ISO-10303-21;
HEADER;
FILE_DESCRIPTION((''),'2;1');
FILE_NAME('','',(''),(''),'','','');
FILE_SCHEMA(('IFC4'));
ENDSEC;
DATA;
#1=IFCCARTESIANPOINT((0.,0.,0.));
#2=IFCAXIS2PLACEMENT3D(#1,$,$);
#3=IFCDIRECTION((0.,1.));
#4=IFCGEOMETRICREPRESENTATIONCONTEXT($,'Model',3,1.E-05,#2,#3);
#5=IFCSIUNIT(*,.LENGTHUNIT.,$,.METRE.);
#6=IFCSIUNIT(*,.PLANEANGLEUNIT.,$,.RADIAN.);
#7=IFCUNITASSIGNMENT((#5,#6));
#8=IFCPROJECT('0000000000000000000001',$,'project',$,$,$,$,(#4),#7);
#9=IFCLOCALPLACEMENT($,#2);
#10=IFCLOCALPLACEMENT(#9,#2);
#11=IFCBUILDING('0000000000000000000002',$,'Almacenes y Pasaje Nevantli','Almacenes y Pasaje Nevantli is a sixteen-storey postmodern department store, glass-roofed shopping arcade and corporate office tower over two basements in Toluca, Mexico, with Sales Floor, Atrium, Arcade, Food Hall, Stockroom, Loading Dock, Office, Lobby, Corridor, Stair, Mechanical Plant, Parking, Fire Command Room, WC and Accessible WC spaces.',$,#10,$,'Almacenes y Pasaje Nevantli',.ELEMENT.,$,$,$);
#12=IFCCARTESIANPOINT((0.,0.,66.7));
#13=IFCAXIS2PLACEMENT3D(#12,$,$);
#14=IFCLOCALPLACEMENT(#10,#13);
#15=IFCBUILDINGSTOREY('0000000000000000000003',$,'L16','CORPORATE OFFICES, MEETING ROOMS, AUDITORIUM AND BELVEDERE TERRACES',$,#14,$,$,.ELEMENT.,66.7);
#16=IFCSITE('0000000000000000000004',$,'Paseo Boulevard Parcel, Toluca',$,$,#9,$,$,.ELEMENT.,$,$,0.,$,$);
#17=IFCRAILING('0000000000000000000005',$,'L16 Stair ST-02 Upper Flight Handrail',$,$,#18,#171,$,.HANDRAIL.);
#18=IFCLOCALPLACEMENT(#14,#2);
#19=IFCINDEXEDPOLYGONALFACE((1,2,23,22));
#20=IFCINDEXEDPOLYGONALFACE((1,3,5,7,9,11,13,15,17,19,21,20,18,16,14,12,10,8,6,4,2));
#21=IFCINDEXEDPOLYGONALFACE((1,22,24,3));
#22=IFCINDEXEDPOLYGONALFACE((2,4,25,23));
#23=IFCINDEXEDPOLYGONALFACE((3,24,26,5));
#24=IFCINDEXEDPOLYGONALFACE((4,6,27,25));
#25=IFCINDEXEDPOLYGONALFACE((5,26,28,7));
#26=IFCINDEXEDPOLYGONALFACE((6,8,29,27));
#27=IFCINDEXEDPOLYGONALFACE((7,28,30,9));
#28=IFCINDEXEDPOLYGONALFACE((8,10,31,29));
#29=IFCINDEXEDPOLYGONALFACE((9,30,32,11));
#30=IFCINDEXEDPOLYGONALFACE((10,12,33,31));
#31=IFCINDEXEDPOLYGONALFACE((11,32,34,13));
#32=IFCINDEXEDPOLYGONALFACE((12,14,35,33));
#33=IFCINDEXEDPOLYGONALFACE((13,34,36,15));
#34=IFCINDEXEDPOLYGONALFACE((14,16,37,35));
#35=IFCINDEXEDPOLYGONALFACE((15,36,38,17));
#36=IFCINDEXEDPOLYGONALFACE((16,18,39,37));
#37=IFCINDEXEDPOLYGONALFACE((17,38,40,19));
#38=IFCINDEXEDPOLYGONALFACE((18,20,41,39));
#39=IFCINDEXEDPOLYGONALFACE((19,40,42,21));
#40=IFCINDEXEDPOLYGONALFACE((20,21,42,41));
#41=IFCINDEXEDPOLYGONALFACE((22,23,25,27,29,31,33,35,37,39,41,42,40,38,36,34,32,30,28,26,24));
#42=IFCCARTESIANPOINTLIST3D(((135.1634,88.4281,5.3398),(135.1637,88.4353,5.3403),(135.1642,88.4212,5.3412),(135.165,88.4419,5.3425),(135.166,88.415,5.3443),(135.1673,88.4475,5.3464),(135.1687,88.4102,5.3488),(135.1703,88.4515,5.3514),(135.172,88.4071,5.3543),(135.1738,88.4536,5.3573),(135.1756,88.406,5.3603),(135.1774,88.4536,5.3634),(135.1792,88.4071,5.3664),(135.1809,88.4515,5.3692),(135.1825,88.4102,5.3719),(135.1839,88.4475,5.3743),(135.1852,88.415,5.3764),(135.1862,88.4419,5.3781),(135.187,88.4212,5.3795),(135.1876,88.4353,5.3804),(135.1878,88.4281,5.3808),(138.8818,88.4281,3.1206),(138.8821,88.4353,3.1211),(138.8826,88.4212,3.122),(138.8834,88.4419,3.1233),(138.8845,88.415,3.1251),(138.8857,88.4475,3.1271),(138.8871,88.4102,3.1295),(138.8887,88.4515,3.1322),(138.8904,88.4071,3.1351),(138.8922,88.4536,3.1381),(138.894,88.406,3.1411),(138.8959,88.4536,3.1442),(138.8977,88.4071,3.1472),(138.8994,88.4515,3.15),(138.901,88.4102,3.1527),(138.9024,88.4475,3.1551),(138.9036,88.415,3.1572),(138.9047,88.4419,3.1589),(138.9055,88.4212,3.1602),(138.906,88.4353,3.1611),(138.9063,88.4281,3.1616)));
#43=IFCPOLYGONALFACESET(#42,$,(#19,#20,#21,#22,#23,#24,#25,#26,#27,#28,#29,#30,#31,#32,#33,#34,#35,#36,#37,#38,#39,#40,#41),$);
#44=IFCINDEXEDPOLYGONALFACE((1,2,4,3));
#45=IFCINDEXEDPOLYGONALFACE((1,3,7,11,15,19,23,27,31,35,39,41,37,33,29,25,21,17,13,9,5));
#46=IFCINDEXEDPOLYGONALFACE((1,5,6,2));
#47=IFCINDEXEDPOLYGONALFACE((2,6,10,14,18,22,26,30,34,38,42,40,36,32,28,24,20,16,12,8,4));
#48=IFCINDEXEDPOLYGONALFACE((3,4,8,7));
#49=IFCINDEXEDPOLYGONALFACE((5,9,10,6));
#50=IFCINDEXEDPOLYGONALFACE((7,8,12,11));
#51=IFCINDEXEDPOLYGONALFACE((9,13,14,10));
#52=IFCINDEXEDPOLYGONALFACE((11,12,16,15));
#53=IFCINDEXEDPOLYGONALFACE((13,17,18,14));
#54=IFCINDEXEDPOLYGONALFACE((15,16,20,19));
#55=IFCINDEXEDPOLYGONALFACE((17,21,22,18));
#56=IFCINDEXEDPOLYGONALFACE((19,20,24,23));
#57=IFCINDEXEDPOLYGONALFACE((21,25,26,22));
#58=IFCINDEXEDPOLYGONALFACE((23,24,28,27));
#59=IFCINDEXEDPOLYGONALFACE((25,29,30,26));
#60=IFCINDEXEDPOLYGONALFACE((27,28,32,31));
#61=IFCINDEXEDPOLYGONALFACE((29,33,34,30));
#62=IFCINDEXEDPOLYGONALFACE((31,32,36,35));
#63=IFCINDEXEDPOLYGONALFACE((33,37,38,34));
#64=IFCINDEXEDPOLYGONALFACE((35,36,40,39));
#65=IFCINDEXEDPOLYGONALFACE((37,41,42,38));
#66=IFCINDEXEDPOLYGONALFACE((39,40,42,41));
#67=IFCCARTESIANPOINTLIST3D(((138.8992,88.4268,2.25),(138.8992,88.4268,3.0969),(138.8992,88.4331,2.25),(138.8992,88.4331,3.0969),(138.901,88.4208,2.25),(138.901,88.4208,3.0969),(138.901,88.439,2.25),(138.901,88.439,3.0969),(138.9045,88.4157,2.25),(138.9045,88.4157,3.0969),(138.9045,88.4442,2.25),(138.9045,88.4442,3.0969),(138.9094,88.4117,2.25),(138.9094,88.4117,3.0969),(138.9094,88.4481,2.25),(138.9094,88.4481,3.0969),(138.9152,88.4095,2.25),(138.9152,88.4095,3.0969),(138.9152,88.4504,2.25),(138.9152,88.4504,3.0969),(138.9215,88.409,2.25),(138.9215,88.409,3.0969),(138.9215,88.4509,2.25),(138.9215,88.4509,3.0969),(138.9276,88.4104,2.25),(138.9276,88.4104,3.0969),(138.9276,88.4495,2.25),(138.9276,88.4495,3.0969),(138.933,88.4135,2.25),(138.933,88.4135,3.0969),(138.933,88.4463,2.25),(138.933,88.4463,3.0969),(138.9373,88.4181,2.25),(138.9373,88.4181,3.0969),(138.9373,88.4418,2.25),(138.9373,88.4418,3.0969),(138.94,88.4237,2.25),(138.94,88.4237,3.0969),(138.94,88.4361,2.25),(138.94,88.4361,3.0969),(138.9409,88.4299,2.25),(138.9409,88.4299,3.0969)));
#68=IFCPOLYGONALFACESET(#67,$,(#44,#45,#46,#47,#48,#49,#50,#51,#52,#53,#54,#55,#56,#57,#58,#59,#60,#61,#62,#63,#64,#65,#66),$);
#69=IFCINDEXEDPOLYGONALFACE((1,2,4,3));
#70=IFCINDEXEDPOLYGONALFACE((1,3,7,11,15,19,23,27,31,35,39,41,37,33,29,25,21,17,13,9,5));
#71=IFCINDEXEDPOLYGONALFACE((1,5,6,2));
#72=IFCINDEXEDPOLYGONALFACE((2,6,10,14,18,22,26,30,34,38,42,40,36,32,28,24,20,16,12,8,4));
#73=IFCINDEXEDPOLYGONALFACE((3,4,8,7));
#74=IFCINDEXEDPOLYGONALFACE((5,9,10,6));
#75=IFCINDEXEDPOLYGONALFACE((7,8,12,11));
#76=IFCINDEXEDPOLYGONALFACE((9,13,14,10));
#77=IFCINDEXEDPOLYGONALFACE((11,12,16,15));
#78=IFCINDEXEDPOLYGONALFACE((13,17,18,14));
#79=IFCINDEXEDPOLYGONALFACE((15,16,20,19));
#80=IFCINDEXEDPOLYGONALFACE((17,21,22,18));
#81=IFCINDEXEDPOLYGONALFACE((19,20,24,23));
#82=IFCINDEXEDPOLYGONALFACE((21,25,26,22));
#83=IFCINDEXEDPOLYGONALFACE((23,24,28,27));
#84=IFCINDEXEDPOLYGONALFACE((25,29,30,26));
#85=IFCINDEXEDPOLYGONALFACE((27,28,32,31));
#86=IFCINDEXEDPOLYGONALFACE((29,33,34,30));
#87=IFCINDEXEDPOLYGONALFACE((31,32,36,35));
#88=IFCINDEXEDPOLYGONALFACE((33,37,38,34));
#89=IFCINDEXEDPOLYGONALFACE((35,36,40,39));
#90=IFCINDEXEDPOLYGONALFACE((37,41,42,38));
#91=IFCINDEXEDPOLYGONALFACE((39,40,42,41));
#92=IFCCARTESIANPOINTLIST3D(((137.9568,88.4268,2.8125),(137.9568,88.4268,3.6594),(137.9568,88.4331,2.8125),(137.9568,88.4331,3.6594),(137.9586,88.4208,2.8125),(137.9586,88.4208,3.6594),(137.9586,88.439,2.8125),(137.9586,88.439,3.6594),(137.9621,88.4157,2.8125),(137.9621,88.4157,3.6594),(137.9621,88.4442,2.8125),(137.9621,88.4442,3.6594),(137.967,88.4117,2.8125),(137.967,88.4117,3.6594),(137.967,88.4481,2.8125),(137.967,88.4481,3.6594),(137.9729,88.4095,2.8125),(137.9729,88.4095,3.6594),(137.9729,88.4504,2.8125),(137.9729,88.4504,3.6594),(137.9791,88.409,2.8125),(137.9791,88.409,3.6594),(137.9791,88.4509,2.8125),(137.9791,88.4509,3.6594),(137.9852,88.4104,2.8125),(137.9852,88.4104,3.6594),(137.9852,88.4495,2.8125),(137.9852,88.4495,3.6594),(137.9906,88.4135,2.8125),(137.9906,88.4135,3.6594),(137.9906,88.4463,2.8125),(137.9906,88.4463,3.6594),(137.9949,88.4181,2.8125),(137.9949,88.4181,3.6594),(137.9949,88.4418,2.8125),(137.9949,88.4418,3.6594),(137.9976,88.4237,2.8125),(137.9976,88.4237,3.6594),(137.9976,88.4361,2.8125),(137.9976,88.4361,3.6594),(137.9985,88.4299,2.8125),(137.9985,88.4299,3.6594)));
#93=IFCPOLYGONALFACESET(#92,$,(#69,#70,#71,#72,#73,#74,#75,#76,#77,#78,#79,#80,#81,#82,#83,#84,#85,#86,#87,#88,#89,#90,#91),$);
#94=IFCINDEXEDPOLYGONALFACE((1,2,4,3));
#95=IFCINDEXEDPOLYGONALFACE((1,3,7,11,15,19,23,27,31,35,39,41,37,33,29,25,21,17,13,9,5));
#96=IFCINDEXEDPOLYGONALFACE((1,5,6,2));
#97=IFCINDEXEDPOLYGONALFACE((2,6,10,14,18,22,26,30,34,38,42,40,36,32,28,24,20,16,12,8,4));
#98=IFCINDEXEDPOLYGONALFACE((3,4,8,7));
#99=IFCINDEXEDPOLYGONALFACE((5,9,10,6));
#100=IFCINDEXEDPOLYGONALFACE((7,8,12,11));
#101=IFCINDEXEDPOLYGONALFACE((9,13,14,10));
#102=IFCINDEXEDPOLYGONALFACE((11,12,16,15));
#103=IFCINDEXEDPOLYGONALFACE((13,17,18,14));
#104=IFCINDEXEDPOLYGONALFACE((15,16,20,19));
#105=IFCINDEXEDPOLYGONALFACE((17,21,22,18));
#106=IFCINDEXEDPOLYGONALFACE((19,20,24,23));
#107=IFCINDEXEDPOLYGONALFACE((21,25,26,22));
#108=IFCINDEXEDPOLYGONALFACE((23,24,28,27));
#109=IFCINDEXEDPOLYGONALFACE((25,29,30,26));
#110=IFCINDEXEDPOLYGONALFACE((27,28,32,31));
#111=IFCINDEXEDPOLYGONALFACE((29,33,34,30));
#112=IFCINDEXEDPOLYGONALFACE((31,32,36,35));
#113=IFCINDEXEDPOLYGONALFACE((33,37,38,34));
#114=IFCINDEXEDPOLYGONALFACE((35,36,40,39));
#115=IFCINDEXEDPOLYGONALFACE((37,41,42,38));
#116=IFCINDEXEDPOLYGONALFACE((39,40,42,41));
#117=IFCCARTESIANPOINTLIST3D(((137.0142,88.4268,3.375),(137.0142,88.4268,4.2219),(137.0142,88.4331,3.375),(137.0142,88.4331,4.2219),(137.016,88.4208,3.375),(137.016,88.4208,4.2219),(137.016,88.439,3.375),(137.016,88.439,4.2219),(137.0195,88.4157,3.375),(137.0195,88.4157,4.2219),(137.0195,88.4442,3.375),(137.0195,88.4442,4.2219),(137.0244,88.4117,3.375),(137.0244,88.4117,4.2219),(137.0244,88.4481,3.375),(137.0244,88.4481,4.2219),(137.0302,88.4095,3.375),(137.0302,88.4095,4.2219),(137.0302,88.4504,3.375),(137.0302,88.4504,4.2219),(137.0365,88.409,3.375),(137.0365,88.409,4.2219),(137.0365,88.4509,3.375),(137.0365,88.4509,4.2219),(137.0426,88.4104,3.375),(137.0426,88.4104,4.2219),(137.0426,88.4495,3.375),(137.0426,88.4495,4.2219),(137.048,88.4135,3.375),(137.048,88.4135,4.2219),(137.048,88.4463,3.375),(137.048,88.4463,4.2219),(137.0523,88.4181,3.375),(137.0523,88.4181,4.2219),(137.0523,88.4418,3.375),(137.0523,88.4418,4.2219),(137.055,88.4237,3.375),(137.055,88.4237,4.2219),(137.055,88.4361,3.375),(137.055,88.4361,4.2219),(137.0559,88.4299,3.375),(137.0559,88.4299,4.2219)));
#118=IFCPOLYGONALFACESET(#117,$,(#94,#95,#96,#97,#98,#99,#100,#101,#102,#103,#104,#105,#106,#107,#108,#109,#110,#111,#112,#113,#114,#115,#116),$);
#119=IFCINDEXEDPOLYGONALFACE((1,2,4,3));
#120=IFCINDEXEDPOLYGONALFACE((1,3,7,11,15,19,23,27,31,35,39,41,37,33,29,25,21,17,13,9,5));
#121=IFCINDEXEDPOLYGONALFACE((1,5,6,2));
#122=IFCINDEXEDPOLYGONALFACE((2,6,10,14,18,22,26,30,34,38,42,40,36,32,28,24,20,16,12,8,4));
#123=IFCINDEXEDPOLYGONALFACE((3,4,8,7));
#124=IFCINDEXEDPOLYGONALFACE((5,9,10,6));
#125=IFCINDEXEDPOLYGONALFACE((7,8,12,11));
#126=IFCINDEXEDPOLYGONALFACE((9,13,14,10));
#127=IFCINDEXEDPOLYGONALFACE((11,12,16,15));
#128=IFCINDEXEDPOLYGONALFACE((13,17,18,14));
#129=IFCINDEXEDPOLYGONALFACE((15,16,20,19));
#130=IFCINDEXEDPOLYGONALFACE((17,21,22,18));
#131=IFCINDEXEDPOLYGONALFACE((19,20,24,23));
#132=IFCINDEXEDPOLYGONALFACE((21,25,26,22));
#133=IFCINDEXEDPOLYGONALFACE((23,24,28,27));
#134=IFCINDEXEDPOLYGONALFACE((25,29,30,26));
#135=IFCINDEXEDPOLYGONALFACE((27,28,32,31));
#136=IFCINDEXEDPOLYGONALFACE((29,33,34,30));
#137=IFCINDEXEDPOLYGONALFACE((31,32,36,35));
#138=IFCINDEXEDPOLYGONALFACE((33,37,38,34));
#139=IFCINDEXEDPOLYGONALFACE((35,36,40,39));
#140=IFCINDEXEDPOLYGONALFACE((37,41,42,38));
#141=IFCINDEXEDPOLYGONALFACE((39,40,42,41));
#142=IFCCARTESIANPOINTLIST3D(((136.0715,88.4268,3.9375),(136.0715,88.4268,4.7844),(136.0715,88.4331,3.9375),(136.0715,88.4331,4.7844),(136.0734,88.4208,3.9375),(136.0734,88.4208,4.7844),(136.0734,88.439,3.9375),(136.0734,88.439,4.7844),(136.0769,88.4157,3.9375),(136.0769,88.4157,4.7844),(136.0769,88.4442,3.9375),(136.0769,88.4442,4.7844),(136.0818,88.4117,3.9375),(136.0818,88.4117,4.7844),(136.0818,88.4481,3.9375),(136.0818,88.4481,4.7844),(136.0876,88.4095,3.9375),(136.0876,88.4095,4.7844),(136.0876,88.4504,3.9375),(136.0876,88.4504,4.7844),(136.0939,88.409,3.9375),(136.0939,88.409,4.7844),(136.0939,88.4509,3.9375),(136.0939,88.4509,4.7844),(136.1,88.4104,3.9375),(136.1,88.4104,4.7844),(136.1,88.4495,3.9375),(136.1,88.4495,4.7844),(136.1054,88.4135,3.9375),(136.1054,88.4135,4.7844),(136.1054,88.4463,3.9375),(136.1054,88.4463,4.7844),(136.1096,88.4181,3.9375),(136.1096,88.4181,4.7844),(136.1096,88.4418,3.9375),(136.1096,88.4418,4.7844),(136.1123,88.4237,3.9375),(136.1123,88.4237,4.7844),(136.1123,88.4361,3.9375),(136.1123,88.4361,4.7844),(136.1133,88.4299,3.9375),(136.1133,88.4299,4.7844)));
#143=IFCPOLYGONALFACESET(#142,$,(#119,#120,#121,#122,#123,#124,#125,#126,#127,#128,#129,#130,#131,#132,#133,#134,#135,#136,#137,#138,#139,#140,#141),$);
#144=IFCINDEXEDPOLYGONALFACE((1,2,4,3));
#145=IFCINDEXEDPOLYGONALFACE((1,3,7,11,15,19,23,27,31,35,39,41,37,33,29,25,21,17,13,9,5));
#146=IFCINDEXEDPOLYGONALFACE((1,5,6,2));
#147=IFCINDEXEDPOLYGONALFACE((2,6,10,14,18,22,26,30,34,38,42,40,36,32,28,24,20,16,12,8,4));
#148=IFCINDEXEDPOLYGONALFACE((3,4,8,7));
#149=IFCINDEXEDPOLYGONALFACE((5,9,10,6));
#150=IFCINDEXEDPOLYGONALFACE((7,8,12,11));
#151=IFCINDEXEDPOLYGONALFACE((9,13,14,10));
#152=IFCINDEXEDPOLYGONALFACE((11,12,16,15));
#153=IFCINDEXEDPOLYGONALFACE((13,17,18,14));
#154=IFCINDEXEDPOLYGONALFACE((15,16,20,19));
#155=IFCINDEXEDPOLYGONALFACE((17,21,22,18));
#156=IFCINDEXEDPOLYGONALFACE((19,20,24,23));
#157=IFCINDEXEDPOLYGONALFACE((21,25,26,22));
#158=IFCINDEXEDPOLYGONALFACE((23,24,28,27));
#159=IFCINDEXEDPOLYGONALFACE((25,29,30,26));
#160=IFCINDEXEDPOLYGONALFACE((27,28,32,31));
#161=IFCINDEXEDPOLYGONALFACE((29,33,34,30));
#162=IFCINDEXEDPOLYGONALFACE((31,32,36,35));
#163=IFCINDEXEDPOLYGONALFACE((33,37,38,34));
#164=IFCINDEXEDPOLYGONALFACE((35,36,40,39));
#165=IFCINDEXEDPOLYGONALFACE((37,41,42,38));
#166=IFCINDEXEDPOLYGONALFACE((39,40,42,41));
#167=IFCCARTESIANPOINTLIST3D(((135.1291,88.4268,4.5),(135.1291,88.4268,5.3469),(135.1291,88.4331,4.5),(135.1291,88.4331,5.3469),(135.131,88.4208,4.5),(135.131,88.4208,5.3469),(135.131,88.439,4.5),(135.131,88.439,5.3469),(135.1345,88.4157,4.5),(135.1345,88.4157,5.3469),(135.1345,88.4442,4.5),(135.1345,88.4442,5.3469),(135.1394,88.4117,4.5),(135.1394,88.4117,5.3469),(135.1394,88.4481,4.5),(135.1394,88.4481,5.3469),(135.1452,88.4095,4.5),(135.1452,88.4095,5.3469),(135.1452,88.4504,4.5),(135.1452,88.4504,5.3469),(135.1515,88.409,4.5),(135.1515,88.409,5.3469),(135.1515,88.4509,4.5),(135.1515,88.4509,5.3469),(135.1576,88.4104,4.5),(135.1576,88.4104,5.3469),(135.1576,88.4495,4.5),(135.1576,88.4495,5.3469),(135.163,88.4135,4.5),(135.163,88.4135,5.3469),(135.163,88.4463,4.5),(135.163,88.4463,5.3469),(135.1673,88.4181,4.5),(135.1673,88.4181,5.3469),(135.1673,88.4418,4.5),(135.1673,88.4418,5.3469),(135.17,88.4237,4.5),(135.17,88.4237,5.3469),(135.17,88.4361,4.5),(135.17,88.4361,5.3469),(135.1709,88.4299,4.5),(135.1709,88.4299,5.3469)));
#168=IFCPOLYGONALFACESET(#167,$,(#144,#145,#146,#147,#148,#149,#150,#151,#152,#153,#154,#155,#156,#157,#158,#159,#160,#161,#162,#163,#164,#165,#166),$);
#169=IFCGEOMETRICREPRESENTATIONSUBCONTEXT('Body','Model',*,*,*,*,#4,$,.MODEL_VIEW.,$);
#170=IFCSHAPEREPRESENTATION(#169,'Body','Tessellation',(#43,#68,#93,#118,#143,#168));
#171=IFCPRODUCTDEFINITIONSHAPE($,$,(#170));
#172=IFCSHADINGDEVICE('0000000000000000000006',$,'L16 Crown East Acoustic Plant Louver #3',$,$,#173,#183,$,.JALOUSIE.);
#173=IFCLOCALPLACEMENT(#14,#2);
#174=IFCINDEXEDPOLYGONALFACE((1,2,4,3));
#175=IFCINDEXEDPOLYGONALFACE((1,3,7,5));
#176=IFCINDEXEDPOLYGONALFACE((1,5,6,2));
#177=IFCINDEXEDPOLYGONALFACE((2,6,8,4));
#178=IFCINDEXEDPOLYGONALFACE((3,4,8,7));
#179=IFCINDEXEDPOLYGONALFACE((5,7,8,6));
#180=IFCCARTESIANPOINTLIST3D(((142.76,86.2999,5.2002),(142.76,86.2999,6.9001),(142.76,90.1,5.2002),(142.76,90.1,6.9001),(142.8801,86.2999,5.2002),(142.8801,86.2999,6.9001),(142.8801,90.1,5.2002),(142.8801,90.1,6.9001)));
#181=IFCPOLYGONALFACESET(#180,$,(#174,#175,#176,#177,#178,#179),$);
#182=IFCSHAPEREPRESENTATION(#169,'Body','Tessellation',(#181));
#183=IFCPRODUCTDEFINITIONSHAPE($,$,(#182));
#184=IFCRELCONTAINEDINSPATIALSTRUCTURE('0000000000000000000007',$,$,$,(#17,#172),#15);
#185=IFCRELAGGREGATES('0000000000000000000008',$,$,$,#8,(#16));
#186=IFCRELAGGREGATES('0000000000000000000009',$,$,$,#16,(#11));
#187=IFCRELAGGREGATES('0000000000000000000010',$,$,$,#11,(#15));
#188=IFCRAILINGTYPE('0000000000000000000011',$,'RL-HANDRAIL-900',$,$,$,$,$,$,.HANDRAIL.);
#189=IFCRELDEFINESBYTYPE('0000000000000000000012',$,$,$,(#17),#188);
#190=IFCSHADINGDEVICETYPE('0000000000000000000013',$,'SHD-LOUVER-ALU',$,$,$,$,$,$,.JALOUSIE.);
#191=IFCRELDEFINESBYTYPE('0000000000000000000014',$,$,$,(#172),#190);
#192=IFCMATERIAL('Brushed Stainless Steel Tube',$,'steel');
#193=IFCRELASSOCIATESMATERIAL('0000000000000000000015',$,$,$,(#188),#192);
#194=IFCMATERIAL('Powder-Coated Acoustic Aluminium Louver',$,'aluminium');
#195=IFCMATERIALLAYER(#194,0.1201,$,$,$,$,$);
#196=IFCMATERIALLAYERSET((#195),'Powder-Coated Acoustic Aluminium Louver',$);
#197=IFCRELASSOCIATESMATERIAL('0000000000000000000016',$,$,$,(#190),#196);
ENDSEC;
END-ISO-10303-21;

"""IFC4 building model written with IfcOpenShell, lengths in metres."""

from ifc_helpers import new_model, si_unit, direction, frame, origin, origin_2d, place, context, subcontext, project, spatial, rectangle, circle, extrude, material, layer, layer_set, type_object, element, save


model = new_model("IFC4")

# Units and contexts
model_context = context("Model", 3, precision=1e-05, world=origin(), true_north=direction((0.0, 1.0)))
body_context = subcontext(model_context, "Body", "Model", "MODEL_VIEW")
ifc_project = project(units=[si_unit("LENGTHUNIT", "METRE"), si_unit("PLANEANGLEUNIT", "RADIAN")], contexts=[model_context])

# Site, building, storey
site_placement = place(None, origin())
site = spatial("IfcSite", under=ifc_project, at=site_placement, Name="Paseo Boulevard Parcel, Toluca", CompositionType="ELEMENT", RefElevation=0.0)
building_placement = place(site_placement, origin())
building = spatial("IfcBuilding", under=site, at=building_placement, Name="Almacenes y Pasaje Nevantli", Description="Almacenes y Pasaje Nevantli is a sixteen-storey postmodern department store, glass-roofed shopping arcade and corporate office tower over two basements in Toluca, Mexico, with Sales Floor, Atrium, Arcade, Food Hall, Stockroom, Loading Dock, Office, Lobby, Corridor, Stair, Mechanical Plant, Parking, Fire Command Room, WC and Accessible WC spaces.", LongName="Almacenes y Pasaje Nevantli", CompositionType="ELEMENT")
storey_placement = place(building_placement, frame((0.0, 0.0, 66.7)))
storey = spatial("IfcBuildingStorey", under=building, at=storey_placement, Name="L16", Description="CORPORATE OFFICES, MEETING ROOMS, AUDITORIUM AND BELVEDERE TERRACES", CompositionType="ELEMENT", Elevation=66.7)

# Railing
ifc_material_1 = material(Name="Brushed Stainless Steel Tube", Category="steel")
railing_type_1 = type_object("IfcRailingType", Name="RL-HANDRAIL-900", PredefinedType="HANDRAIL", material=ifc_material_1)
railing_1_placement = place(storey_placement, frame((138.9199, 88.4299, 2.25)))
element("IfcRailing", 1, at=railing_1_placement, inside=storey, type_object=railing_type_1, Name="L16 Stair ST-02 Upper Flight Handrail", PredefinedType="HANDRAIL", context=body_context, shape_type="SweptSolid", body=[
    extrude(circle(Radius=0.0239, at=origin_2d()), frame((-0.0259, 0.0, 0.8911), z_axis=(-0.858698, 0.0, 0.512483), x_axis=(0.0, -1.0, 0.0)), (0.0, 0.0, 1.0), 4.3303),
    extrude(circle(Radius=0.021, at=origin_2d()), origin(), (0.0, 0.0, 1.0), 0.8469),
    extrude(circle(Radius=0.021, at=origin_2d()), frame((-0.9424, 0.0, 0.5625)), (0.0, 0.0, 1.0), 0.8469),
    extrude(circle(Radius=0.021, at=origin_2d()), frame((-1.885, 0.0, 1.125)), (0.0, 0.0, 1.0), 0.8469),
    extrude(circle(Radius=0.021, at=origin_2d()), frame((-2.8276, 0.0, 1.6875)), (0.0, 0.0, 1.0), 0.8469),
    extrude(circle(Radius=0.021, at=origin_2d()), frame((-3.77, 0.0, 2.25)), (0.0, 0.0, 1.0), 0.8469),
])

# Shading device
ifc_material_2 = material(Name="Powder-Coated Acoustic Aluminium Louver", Category="aluminium")
ifc_layer_1 = layer(ifc_material_2, 0.1201)
ifc_layer_set_1 = layer_set([ifc_layer_1], Name="Powder-Coated Acoustic Aluminium Louver")
shading_device_type = type_object("IfcShadingDeviceType", Name="SHD-LOUVER-ALU", PredefinedType="JALOUSIE", material=ifc_layer_set_1)
shading_device_placement = place(storey_placement, frame((142.8201, 88.2, 5.2002), z_axis=(0.0, 0.0, 1.0), x_axis=(1.0, 0.0, 0.0)))
element("IfcShadingDevice", 2, at=shading_device_placement, inside=storey, type_object=shading_device_type, Name="L16 Crown East Acoustic Plant Louver #3", PredefinedType="JALOUSIE", context=body_context, shape_type="SweptSolid", body=[
    extrude(rectangle(XDim=0.1201, YDim=3.8, at=origin_2d()), origin(), (0.0, 0.0, 1.0), 1.7),
])

save(model, "model.ifc")
